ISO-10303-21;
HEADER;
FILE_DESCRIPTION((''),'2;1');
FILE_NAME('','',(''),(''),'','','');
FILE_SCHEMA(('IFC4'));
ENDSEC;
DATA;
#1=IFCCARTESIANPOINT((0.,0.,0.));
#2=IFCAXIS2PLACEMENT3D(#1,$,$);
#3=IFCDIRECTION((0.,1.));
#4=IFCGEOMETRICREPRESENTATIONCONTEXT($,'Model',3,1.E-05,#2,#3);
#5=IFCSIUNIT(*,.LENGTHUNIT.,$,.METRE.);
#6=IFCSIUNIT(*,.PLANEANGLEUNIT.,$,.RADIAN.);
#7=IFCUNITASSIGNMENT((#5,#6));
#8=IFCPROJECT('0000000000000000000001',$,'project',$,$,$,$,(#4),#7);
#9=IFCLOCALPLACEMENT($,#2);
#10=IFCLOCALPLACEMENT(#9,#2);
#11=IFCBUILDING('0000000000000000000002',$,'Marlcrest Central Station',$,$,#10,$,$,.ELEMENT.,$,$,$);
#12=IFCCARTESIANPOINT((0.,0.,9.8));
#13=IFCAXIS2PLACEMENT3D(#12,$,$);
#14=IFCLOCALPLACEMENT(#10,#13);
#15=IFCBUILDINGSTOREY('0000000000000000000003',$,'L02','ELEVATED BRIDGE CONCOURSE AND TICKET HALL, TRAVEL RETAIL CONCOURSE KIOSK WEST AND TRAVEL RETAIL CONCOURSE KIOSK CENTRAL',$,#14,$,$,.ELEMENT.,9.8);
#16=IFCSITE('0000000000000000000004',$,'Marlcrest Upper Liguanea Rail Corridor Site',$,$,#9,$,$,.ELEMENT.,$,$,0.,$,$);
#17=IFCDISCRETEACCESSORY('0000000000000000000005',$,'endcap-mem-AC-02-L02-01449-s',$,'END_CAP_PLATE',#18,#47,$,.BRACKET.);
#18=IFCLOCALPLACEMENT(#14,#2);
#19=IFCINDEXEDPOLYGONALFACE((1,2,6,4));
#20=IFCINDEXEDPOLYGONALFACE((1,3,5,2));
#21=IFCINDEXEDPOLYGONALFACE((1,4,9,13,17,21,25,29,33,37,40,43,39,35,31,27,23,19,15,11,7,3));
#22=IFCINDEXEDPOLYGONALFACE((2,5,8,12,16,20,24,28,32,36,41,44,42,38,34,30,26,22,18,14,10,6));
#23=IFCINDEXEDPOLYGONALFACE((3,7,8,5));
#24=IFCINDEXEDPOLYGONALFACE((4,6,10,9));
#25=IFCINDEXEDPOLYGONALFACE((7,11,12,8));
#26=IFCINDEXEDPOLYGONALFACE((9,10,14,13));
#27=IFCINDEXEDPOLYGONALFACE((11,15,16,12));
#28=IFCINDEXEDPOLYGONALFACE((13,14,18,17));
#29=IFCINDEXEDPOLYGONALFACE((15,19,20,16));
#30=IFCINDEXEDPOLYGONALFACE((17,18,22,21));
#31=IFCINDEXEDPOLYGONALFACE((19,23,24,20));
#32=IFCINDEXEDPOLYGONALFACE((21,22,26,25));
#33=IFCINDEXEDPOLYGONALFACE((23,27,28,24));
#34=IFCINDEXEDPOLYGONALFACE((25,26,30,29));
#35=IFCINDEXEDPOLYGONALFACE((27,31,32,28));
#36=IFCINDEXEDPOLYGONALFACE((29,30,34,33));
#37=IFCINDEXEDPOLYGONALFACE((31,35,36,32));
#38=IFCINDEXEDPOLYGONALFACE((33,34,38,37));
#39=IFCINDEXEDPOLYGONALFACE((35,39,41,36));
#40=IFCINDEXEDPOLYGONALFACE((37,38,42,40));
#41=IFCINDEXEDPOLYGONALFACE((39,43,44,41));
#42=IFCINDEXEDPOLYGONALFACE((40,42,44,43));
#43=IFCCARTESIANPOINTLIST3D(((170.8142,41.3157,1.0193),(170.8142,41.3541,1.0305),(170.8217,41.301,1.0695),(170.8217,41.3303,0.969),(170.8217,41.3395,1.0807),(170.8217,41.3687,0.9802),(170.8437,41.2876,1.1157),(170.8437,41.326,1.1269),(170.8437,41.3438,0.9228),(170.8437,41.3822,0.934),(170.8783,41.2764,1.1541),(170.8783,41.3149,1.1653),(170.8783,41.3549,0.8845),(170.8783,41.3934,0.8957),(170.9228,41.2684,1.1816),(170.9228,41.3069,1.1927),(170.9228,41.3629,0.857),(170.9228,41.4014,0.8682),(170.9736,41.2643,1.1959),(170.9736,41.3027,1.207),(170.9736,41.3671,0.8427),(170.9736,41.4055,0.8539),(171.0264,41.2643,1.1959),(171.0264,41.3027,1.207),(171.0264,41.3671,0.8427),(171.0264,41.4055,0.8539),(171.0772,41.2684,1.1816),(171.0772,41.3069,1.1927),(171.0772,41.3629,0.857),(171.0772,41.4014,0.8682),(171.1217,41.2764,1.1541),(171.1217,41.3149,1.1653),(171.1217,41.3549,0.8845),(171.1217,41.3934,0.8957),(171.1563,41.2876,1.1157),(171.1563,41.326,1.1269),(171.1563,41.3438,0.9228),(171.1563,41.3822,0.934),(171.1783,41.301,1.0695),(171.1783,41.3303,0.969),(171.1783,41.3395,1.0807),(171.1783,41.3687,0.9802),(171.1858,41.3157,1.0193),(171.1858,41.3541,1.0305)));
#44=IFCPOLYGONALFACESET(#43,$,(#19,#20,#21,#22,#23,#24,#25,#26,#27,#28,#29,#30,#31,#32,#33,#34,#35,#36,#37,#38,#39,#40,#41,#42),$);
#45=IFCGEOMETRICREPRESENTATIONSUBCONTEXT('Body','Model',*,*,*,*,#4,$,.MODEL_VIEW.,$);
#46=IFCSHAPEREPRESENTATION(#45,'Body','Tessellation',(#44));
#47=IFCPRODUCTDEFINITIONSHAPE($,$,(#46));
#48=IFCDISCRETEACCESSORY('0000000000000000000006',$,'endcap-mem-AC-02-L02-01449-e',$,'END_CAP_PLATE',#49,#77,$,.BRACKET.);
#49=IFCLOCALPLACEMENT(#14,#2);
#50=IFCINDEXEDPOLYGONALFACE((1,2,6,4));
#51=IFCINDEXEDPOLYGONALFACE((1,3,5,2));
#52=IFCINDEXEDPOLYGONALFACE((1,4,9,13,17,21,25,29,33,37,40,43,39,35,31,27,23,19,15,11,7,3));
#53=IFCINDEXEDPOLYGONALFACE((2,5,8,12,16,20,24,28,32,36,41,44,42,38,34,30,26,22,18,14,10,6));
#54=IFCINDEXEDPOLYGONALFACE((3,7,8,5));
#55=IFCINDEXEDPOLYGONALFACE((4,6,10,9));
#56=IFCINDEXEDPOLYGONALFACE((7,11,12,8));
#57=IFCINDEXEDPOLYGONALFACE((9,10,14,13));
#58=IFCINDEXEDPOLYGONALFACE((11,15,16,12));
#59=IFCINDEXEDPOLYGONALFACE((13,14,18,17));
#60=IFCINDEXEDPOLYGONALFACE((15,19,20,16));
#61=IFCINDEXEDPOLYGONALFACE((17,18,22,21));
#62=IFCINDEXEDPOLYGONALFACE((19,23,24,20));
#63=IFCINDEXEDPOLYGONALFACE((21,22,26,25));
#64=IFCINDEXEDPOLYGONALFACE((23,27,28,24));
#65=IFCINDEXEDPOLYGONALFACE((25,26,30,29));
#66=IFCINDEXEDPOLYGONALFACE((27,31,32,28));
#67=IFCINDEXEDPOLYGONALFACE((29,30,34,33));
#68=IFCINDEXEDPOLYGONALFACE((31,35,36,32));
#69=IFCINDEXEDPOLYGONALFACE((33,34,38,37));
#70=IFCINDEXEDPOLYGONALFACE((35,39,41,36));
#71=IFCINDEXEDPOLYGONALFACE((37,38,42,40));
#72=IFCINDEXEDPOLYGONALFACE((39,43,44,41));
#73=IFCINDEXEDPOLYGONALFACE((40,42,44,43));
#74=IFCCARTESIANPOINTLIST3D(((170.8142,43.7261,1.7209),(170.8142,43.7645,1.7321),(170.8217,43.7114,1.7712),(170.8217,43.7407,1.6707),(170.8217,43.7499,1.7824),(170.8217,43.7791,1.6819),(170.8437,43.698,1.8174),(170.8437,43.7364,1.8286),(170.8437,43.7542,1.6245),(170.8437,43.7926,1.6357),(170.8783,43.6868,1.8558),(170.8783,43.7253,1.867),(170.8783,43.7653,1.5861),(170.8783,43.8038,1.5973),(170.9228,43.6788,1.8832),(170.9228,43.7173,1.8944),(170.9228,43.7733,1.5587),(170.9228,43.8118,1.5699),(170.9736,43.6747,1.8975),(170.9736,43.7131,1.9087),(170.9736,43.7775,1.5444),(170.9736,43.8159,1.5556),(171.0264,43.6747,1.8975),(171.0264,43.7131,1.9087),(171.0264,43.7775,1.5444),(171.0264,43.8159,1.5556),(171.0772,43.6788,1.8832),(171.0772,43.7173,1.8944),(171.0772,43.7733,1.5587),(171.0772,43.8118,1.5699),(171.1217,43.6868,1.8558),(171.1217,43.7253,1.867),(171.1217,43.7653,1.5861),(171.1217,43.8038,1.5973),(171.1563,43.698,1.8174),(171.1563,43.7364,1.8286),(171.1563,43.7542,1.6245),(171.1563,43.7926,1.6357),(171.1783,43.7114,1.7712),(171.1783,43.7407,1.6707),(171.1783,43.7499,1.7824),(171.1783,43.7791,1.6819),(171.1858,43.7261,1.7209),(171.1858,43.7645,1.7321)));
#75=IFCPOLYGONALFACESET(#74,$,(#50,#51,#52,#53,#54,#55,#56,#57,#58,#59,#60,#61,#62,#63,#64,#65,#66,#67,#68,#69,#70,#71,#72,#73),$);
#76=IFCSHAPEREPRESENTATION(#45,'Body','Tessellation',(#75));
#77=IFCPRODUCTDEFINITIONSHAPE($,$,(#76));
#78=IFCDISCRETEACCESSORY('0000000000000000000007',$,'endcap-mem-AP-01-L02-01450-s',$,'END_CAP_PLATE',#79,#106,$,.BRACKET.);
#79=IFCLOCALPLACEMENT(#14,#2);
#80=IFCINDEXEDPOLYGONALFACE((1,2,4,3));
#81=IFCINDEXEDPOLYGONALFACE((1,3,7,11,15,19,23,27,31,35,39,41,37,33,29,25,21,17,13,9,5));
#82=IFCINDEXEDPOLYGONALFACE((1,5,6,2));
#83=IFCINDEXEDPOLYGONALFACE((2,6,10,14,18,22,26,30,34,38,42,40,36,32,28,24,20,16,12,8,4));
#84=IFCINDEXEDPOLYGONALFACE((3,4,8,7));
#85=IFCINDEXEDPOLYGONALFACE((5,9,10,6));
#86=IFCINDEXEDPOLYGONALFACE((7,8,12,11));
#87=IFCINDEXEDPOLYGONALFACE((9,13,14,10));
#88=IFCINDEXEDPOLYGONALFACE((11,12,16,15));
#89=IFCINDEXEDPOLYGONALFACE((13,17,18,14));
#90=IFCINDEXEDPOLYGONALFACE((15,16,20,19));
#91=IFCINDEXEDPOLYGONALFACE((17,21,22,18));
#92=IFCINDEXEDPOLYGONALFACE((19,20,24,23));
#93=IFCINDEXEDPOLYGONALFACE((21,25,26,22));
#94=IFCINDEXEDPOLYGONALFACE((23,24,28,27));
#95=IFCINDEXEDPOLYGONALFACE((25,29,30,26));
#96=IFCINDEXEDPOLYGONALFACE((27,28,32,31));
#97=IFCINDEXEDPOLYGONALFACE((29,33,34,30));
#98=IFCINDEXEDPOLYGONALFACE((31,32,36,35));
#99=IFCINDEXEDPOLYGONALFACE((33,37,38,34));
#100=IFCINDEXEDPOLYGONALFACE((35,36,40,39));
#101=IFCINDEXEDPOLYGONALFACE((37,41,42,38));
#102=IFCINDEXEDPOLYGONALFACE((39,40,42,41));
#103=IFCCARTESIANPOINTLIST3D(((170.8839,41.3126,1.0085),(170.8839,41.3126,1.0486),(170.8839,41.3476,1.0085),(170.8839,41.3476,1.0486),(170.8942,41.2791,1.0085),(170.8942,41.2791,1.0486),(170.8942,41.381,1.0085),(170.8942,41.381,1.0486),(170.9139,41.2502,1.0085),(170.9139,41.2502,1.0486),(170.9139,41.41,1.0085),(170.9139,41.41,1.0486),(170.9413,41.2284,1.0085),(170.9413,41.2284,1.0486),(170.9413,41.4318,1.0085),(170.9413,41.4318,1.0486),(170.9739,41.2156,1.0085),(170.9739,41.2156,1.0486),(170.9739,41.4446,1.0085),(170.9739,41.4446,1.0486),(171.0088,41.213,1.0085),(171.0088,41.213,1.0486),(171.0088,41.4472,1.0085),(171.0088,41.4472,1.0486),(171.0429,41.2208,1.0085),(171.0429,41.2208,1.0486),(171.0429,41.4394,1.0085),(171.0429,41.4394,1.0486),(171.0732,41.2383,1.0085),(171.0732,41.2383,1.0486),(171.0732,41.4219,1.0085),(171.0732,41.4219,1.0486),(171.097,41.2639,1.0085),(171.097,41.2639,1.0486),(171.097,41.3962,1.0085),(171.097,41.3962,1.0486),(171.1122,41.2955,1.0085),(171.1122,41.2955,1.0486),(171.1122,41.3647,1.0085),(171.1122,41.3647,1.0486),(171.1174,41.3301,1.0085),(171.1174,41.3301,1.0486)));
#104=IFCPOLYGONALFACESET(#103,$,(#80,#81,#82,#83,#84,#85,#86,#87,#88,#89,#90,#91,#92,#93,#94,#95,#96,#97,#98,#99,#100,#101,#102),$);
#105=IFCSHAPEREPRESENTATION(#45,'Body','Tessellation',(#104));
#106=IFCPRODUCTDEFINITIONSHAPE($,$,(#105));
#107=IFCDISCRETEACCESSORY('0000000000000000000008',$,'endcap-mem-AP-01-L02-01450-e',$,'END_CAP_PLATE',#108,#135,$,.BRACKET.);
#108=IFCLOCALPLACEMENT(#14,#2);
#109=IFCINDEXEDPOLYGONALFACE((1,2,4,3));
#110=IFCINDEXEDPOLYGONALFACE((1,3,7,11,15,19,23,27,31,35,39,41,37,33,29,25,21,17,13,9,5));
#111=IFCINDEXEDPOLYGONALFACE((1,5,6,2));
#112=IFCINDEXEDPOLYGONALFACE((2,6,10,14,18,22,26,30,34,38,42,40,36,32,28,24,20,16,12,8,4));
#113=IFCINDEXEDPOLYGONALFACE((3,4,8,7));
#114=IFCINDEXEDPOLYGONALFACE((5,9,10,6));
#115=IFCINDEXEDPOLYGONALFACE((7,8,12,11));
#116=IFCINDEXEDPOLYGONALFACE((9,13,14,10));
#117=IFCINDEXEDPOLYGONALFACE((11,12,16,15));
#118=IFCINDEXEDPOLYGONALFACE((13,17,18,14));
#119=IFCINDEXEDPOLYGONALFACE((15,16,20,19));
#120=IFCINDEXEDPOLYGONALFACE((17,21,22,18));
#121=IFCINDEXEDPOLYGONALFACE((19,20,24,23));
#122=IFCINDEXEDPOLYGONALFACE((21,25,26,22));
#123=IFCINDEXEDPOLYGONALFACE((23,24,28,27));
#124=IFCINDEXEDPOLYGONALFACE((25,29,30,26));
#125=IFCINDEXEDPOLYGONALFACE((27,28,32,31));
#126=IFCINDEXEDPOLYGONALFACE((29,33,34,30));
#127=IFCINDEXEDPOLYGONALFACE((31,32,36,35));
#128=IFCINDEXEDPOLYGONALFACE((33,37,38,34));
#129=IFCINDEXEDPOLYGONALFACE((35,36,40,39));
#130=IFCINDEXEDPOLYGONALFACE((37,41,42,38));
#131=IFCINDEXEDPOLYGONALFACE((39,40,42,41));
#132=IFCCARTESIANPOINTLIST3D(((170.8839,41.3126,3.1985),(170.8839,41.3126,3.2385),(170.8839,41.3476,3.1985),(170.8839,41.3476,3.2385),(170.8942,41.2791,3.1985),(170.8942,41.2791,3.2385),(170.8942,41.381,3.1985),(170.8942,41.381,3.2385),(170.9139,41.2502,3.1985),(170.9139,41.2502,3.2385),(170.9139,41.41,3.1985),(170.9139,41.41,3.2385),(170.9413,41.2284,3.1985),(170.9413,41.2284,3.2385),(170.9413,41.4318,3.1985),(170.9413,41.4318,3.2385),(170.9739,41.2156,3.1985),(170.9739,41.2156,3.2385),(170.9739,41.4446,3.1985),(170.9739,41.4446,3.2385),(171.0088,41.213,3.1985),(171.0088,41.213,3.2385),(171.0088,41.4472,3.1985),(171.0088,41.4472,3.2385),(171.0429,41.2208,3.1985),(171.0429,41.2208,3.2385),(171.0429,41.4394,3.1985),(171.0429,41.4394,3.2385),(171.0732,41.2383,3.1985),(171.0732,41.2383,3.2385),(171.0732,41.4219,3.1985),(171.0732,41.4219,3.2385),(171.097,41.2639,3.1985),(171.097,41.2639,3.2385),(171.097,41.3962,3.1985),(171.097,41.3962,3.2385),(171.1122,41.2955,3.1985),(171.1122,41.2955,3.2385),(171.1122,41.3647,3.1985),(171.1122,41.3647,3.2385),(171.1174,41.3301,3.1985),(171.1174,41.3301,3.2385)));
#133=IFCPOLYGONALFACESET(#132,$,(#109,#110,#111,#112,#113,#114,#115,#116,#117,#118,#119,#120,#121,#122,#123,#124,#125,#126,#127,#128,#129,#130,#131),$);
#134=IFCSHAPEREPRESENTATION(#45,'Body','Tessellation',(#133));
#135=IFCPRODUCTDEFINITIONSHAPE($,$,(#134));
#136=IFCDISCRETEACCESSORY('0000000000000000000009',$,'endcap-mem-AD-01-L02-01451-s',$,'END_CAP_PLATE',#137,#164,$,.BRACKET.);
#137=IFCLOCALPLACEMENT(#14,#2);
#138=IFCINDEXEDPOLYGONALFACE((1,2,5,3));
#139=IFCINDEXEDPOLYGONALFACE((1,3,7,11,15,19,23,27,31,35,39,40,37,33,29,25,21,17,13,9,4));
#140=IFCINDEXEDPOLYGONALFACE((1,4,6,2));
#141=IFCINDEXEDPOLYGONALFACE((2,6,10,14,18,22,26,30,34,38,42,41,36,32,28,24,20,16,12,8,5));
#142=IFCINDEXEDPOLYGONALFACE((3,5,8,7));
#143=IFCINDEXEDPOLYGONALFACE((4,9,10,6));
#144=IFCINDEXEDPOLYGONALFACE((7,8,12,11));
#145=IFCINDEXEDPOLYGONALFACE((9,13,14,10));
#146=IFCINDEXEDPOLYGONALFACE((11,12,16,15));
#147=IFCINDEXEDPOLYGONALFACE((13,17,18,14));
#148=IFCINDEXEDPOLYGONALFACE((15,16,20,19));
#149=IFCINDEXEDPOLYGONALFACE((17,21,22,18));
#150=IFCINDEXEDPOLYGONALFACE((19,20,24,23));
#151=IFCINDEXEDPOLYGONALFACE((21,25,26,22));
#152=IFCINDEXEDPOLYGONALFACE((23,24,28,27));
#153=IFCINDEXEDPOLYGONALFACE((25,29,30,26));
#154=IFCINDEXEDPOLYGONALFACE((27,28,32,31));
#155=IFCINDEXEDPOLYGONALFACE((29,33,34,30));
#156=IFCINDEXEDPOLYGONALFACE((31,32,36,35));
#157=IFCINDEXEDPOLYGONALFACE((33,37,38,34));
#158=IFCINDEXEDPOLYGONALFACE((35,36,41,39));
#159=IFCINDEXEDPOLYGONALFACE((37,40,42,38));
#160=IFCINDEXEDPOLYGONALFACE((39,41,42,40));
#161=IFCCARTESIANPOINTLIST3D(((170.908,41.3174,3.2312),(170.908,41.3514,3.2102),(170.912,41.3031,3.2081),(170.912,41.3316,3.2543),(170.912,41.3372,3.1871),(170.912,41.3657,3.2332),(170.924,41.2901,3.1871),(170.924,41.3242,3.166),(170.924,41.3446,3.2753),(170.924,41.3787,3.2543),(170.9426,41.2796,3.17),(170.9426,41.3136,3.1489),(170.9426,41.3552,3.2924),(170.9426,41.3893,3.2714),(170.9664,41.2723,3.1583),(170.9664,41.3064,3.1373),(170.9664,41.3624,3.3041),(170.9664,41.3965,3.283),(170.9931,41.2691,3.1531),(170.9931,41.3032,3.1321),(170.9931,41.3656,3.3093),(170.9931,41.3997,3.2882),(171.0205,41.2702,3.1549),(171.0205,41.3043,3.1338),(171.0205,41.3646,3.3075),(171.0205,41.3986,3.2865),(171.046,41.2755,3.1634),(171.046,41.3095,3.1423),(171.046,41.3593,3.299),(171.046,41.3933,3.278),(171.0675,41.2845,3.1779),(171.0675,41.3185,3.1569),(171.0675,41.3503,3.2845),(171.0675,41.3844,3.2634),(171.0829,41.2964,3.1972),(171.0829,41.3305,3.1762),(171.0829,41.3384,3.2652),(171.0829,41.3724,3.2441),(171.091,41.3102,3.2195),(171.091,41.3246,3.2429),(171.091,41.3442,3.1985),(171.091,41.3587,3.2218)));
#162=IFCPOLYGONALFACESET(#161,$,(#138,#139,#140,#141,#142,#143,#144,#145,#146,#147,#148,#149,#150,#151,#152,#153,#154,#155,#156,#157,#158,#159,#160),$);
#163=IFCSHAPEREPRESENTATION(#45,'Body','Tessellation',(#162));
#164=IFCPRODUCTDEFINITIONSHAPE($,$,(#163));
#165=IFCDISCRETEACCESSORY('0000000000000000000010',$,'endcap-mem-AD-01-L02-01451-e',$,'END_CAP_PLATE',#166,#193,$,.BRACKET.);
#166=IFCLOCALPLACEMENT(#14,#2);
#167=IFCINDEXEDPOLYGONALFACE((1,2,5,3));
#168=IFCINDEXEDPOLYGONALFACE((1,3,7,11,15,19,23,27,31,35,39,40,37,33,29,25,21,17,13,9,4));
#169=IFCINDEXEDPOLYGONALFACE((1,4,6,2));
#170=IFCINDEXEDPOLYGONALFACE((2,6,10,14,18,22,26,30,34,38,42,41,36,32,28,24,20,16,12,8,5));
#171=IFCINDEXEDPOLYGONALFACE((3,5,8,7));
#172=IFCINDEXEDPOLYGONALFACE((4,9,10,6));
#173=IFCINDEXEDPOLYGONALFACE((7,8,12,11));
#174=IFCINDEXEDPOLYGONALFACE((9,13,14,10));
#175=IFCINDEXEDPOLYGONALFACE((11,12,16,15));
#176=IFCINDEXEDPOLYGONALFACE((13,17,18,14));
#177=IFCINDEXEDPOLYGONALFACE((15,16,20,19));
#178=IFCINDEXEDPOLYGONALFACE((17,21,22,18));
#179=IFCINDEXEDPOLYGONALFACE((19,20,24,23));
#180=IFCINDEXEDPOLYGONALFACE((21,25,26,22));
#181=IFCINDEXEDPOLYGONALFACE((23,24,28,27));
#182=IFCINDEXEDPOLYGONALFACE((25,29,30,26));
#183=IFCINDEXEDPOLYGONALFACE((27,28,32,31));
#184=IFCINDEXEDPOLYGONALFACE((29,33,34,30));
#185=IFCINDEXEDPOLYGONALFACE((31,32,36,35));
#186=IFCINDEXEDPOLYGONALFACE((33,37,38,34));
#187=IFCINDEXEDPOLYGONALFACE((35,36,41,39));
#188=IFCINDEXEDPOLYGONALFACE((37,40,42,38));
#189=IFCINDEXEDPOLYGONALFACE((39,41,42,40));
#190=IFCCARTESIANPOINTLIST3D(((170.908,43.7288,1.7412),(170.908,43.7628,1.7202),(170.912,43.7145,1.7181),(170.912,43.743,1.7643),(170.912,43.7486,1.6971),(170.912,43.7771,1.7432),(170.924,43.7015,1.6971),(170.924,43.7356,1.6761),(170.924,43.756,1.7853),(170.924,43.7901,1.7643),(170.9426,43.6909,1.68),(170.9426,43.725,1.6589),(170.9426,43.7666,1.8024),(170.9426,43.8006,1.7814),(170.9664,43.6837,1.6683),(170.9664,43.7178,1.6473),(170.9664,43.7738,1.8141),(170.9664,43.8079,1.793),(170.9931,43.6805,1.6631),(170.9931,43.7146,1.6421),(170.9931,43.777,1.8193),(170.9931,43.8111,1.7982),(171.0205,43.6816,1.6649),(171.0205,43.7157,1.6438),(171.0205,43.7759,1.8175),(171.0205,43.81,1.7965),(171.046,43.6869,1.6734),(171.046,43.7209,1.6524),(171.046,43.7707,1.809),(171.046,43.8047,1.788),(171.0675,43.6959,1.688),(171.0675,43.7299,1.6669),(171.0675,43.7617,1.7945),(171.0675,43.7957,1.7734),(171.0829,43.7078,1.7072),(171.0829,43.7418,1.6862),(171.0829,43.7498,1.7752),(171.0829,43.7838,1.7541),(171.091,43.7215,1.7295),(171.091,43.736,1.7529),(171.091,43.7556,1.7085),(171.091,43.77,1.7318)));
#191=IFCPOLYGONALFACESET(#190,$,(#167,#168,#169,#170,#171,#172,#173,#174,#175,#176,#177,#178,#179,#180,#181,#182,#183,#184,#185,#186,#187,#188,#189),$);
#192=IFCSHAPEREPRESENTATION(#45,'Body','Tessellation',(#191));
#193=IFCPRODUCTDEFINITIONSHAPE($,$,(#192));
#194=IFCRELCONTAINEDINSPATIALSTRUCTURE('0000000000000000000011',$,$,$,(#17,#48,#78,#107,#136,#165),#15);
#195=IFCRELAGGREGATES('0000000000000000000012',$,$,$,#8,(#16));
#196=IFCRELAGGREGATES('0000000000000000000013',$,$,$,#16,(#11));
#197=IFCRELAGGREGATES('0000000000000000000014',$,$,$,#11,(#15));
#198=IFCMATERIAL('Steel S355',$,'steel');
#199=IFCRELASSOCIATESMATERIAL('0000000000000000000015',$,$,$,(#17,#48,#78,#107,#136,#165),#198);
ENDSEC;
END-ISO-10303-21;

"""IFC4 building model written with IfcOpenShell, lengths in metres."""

from ifc_helpers import new_model, si_unit, direction, frame, origin, origin_2d, place, context, subcontext, project, spatial, circle, extrude, material, element, save


model = new_model("IFC4")

# Units and contexts
model_context = context("Model", 3, precision=1e-05, world=origin(), true_north=direction((0.0, 1.0)))
body_context = subcontext(model_context, "Body", "Model", "MODEL_VIEW")
ifc_project = project(units=[si_unit("LENGTHUNIT", "METRE"), si_unit("PLANEANGLEUNIT", "RADIAN")], contexts=[model_context])

# Site, building, storey
site_placement = place(None, origin())
site = spatial("IfcSite", under=ifc_project, at=site_placement, Name="Marlcrest Upper Liguanea Rail Corridor Site", CompositionType="ELEMENT", RefElevation=0.0)
building_placement = place(site_placement, origin())
building = spatial("IfcBuilding", under=site, at=building_placement, Name="Marlcrest Central Station", CompositionType="ELEMENT")
storey_placement = place(building_placement, frame((0.0, 0.0, 9.8)))
storey = spatial("IfcBuildingStorey", under=building, at=storey_placement, Name="L02", Description="ELEVATED BRIDGE CONCOURSE AND TICKET HALL, TRAVEL RETAIL CONCOURSE KIOSK WEST AND TRAVEL RETAIL CONCOURSE KIOSK CENTRAL", CompositionType="ELEMENT", Elevation=9.8)

# Shared definitions
ifc_material_1 = material(Name="Steel S355", Category="steel")

# Discrete accessories
for number, where, z_axis, x_axis, name in (
    (1, (171.0, 41.3157, 1.0193), (0.0, 0.96013, 0.279554), (-1.0, 0.0, 0.0), "endcap-mem-AC-02-L02-01449-s"),
    (2, (171.0, 43.7261, 1.7209), (0.0, 0.96013, 0.279554), (-1.0, 0.0, 0.0), "endcap-mem-AC-02-L02-01449-e"),
):
    element("IfcDiscreteAccessory", number, at=place(storey_placement, frame(where, z_axis=z_axis, x_axis=x_axis)), inside=storey, material=ifc_material_1, Name=name, ObjectType="END_CAP_PLATE", PredefinedType="BRACKET", context=body_context, shape_type="SweptSolid", body=[
        extrude(circle(Radius=0.1858, at=origin_2d()), origin(), (0.0, 0.0, 1.0), 0.04),
    ])
for number, where, z_axis, x_axis, name in (
    (3, (171.0, 41.3301, 1.0085), (0.0, 0.0, 1.0), (1.0, 0.0, 0.0), "endcap-mem-AP-01-L02-01450-s"),
    (4, (171.0, 41.3301, 3.1985), (0.0, 0.0, 1.0), (1.0, 0.0, 0.0), "endcap-mem-AP-01-L02-01450-e"),
):
    element("IfcDiscreteAccessory", number, at=place(storey_placement, frame(where, z_axis=z_axis, x_axis=x_axis)), inside=storey, material=ifc_material_1, Name=name, ObjectType="END_CAP_PLATE", PredefinedType="BRACKET", context=body_context, shape_type="SweptSolid", body=[
        extrude(circle(Radius=0.1174, at=origin_2d()), origin(), (0.0, 0.0, 1.0), 0.04),
    ])
for number, where, z_axis, x_axis, name in (
    (5, (171.0, 41.3174, 3.2312), (0.0, 0.850687, -0.525672), (-1.0, 0.0, 0.0), "endcap-mem-AD-01-L02-01451-s"),
    (6, (171.0, 43.7288, 1.7412), (0.0, 0.850687, -0.525672), (-1.0, 0.0, 0.0), "endcap-mem-AD-01-L02-01451-e"),
):
    element("IfcDiscreteAccessory", number, at=place(storey_placement, frame(where, z_axis=z_axis, x_axis=x_axis)), inside=storey, material=ifc_material_1, Name=name, ObjectType="END_CAP_PLATE", PredefinedType="BRACKET", context=body_context, shape_type="SweptSolid", body=[
        extrude(circle(Radius=0.092, at=origin_2d()), origin(), (0.0, 0.0, 1.0), 0.04),
    ])

save(model, "model.ifc")
